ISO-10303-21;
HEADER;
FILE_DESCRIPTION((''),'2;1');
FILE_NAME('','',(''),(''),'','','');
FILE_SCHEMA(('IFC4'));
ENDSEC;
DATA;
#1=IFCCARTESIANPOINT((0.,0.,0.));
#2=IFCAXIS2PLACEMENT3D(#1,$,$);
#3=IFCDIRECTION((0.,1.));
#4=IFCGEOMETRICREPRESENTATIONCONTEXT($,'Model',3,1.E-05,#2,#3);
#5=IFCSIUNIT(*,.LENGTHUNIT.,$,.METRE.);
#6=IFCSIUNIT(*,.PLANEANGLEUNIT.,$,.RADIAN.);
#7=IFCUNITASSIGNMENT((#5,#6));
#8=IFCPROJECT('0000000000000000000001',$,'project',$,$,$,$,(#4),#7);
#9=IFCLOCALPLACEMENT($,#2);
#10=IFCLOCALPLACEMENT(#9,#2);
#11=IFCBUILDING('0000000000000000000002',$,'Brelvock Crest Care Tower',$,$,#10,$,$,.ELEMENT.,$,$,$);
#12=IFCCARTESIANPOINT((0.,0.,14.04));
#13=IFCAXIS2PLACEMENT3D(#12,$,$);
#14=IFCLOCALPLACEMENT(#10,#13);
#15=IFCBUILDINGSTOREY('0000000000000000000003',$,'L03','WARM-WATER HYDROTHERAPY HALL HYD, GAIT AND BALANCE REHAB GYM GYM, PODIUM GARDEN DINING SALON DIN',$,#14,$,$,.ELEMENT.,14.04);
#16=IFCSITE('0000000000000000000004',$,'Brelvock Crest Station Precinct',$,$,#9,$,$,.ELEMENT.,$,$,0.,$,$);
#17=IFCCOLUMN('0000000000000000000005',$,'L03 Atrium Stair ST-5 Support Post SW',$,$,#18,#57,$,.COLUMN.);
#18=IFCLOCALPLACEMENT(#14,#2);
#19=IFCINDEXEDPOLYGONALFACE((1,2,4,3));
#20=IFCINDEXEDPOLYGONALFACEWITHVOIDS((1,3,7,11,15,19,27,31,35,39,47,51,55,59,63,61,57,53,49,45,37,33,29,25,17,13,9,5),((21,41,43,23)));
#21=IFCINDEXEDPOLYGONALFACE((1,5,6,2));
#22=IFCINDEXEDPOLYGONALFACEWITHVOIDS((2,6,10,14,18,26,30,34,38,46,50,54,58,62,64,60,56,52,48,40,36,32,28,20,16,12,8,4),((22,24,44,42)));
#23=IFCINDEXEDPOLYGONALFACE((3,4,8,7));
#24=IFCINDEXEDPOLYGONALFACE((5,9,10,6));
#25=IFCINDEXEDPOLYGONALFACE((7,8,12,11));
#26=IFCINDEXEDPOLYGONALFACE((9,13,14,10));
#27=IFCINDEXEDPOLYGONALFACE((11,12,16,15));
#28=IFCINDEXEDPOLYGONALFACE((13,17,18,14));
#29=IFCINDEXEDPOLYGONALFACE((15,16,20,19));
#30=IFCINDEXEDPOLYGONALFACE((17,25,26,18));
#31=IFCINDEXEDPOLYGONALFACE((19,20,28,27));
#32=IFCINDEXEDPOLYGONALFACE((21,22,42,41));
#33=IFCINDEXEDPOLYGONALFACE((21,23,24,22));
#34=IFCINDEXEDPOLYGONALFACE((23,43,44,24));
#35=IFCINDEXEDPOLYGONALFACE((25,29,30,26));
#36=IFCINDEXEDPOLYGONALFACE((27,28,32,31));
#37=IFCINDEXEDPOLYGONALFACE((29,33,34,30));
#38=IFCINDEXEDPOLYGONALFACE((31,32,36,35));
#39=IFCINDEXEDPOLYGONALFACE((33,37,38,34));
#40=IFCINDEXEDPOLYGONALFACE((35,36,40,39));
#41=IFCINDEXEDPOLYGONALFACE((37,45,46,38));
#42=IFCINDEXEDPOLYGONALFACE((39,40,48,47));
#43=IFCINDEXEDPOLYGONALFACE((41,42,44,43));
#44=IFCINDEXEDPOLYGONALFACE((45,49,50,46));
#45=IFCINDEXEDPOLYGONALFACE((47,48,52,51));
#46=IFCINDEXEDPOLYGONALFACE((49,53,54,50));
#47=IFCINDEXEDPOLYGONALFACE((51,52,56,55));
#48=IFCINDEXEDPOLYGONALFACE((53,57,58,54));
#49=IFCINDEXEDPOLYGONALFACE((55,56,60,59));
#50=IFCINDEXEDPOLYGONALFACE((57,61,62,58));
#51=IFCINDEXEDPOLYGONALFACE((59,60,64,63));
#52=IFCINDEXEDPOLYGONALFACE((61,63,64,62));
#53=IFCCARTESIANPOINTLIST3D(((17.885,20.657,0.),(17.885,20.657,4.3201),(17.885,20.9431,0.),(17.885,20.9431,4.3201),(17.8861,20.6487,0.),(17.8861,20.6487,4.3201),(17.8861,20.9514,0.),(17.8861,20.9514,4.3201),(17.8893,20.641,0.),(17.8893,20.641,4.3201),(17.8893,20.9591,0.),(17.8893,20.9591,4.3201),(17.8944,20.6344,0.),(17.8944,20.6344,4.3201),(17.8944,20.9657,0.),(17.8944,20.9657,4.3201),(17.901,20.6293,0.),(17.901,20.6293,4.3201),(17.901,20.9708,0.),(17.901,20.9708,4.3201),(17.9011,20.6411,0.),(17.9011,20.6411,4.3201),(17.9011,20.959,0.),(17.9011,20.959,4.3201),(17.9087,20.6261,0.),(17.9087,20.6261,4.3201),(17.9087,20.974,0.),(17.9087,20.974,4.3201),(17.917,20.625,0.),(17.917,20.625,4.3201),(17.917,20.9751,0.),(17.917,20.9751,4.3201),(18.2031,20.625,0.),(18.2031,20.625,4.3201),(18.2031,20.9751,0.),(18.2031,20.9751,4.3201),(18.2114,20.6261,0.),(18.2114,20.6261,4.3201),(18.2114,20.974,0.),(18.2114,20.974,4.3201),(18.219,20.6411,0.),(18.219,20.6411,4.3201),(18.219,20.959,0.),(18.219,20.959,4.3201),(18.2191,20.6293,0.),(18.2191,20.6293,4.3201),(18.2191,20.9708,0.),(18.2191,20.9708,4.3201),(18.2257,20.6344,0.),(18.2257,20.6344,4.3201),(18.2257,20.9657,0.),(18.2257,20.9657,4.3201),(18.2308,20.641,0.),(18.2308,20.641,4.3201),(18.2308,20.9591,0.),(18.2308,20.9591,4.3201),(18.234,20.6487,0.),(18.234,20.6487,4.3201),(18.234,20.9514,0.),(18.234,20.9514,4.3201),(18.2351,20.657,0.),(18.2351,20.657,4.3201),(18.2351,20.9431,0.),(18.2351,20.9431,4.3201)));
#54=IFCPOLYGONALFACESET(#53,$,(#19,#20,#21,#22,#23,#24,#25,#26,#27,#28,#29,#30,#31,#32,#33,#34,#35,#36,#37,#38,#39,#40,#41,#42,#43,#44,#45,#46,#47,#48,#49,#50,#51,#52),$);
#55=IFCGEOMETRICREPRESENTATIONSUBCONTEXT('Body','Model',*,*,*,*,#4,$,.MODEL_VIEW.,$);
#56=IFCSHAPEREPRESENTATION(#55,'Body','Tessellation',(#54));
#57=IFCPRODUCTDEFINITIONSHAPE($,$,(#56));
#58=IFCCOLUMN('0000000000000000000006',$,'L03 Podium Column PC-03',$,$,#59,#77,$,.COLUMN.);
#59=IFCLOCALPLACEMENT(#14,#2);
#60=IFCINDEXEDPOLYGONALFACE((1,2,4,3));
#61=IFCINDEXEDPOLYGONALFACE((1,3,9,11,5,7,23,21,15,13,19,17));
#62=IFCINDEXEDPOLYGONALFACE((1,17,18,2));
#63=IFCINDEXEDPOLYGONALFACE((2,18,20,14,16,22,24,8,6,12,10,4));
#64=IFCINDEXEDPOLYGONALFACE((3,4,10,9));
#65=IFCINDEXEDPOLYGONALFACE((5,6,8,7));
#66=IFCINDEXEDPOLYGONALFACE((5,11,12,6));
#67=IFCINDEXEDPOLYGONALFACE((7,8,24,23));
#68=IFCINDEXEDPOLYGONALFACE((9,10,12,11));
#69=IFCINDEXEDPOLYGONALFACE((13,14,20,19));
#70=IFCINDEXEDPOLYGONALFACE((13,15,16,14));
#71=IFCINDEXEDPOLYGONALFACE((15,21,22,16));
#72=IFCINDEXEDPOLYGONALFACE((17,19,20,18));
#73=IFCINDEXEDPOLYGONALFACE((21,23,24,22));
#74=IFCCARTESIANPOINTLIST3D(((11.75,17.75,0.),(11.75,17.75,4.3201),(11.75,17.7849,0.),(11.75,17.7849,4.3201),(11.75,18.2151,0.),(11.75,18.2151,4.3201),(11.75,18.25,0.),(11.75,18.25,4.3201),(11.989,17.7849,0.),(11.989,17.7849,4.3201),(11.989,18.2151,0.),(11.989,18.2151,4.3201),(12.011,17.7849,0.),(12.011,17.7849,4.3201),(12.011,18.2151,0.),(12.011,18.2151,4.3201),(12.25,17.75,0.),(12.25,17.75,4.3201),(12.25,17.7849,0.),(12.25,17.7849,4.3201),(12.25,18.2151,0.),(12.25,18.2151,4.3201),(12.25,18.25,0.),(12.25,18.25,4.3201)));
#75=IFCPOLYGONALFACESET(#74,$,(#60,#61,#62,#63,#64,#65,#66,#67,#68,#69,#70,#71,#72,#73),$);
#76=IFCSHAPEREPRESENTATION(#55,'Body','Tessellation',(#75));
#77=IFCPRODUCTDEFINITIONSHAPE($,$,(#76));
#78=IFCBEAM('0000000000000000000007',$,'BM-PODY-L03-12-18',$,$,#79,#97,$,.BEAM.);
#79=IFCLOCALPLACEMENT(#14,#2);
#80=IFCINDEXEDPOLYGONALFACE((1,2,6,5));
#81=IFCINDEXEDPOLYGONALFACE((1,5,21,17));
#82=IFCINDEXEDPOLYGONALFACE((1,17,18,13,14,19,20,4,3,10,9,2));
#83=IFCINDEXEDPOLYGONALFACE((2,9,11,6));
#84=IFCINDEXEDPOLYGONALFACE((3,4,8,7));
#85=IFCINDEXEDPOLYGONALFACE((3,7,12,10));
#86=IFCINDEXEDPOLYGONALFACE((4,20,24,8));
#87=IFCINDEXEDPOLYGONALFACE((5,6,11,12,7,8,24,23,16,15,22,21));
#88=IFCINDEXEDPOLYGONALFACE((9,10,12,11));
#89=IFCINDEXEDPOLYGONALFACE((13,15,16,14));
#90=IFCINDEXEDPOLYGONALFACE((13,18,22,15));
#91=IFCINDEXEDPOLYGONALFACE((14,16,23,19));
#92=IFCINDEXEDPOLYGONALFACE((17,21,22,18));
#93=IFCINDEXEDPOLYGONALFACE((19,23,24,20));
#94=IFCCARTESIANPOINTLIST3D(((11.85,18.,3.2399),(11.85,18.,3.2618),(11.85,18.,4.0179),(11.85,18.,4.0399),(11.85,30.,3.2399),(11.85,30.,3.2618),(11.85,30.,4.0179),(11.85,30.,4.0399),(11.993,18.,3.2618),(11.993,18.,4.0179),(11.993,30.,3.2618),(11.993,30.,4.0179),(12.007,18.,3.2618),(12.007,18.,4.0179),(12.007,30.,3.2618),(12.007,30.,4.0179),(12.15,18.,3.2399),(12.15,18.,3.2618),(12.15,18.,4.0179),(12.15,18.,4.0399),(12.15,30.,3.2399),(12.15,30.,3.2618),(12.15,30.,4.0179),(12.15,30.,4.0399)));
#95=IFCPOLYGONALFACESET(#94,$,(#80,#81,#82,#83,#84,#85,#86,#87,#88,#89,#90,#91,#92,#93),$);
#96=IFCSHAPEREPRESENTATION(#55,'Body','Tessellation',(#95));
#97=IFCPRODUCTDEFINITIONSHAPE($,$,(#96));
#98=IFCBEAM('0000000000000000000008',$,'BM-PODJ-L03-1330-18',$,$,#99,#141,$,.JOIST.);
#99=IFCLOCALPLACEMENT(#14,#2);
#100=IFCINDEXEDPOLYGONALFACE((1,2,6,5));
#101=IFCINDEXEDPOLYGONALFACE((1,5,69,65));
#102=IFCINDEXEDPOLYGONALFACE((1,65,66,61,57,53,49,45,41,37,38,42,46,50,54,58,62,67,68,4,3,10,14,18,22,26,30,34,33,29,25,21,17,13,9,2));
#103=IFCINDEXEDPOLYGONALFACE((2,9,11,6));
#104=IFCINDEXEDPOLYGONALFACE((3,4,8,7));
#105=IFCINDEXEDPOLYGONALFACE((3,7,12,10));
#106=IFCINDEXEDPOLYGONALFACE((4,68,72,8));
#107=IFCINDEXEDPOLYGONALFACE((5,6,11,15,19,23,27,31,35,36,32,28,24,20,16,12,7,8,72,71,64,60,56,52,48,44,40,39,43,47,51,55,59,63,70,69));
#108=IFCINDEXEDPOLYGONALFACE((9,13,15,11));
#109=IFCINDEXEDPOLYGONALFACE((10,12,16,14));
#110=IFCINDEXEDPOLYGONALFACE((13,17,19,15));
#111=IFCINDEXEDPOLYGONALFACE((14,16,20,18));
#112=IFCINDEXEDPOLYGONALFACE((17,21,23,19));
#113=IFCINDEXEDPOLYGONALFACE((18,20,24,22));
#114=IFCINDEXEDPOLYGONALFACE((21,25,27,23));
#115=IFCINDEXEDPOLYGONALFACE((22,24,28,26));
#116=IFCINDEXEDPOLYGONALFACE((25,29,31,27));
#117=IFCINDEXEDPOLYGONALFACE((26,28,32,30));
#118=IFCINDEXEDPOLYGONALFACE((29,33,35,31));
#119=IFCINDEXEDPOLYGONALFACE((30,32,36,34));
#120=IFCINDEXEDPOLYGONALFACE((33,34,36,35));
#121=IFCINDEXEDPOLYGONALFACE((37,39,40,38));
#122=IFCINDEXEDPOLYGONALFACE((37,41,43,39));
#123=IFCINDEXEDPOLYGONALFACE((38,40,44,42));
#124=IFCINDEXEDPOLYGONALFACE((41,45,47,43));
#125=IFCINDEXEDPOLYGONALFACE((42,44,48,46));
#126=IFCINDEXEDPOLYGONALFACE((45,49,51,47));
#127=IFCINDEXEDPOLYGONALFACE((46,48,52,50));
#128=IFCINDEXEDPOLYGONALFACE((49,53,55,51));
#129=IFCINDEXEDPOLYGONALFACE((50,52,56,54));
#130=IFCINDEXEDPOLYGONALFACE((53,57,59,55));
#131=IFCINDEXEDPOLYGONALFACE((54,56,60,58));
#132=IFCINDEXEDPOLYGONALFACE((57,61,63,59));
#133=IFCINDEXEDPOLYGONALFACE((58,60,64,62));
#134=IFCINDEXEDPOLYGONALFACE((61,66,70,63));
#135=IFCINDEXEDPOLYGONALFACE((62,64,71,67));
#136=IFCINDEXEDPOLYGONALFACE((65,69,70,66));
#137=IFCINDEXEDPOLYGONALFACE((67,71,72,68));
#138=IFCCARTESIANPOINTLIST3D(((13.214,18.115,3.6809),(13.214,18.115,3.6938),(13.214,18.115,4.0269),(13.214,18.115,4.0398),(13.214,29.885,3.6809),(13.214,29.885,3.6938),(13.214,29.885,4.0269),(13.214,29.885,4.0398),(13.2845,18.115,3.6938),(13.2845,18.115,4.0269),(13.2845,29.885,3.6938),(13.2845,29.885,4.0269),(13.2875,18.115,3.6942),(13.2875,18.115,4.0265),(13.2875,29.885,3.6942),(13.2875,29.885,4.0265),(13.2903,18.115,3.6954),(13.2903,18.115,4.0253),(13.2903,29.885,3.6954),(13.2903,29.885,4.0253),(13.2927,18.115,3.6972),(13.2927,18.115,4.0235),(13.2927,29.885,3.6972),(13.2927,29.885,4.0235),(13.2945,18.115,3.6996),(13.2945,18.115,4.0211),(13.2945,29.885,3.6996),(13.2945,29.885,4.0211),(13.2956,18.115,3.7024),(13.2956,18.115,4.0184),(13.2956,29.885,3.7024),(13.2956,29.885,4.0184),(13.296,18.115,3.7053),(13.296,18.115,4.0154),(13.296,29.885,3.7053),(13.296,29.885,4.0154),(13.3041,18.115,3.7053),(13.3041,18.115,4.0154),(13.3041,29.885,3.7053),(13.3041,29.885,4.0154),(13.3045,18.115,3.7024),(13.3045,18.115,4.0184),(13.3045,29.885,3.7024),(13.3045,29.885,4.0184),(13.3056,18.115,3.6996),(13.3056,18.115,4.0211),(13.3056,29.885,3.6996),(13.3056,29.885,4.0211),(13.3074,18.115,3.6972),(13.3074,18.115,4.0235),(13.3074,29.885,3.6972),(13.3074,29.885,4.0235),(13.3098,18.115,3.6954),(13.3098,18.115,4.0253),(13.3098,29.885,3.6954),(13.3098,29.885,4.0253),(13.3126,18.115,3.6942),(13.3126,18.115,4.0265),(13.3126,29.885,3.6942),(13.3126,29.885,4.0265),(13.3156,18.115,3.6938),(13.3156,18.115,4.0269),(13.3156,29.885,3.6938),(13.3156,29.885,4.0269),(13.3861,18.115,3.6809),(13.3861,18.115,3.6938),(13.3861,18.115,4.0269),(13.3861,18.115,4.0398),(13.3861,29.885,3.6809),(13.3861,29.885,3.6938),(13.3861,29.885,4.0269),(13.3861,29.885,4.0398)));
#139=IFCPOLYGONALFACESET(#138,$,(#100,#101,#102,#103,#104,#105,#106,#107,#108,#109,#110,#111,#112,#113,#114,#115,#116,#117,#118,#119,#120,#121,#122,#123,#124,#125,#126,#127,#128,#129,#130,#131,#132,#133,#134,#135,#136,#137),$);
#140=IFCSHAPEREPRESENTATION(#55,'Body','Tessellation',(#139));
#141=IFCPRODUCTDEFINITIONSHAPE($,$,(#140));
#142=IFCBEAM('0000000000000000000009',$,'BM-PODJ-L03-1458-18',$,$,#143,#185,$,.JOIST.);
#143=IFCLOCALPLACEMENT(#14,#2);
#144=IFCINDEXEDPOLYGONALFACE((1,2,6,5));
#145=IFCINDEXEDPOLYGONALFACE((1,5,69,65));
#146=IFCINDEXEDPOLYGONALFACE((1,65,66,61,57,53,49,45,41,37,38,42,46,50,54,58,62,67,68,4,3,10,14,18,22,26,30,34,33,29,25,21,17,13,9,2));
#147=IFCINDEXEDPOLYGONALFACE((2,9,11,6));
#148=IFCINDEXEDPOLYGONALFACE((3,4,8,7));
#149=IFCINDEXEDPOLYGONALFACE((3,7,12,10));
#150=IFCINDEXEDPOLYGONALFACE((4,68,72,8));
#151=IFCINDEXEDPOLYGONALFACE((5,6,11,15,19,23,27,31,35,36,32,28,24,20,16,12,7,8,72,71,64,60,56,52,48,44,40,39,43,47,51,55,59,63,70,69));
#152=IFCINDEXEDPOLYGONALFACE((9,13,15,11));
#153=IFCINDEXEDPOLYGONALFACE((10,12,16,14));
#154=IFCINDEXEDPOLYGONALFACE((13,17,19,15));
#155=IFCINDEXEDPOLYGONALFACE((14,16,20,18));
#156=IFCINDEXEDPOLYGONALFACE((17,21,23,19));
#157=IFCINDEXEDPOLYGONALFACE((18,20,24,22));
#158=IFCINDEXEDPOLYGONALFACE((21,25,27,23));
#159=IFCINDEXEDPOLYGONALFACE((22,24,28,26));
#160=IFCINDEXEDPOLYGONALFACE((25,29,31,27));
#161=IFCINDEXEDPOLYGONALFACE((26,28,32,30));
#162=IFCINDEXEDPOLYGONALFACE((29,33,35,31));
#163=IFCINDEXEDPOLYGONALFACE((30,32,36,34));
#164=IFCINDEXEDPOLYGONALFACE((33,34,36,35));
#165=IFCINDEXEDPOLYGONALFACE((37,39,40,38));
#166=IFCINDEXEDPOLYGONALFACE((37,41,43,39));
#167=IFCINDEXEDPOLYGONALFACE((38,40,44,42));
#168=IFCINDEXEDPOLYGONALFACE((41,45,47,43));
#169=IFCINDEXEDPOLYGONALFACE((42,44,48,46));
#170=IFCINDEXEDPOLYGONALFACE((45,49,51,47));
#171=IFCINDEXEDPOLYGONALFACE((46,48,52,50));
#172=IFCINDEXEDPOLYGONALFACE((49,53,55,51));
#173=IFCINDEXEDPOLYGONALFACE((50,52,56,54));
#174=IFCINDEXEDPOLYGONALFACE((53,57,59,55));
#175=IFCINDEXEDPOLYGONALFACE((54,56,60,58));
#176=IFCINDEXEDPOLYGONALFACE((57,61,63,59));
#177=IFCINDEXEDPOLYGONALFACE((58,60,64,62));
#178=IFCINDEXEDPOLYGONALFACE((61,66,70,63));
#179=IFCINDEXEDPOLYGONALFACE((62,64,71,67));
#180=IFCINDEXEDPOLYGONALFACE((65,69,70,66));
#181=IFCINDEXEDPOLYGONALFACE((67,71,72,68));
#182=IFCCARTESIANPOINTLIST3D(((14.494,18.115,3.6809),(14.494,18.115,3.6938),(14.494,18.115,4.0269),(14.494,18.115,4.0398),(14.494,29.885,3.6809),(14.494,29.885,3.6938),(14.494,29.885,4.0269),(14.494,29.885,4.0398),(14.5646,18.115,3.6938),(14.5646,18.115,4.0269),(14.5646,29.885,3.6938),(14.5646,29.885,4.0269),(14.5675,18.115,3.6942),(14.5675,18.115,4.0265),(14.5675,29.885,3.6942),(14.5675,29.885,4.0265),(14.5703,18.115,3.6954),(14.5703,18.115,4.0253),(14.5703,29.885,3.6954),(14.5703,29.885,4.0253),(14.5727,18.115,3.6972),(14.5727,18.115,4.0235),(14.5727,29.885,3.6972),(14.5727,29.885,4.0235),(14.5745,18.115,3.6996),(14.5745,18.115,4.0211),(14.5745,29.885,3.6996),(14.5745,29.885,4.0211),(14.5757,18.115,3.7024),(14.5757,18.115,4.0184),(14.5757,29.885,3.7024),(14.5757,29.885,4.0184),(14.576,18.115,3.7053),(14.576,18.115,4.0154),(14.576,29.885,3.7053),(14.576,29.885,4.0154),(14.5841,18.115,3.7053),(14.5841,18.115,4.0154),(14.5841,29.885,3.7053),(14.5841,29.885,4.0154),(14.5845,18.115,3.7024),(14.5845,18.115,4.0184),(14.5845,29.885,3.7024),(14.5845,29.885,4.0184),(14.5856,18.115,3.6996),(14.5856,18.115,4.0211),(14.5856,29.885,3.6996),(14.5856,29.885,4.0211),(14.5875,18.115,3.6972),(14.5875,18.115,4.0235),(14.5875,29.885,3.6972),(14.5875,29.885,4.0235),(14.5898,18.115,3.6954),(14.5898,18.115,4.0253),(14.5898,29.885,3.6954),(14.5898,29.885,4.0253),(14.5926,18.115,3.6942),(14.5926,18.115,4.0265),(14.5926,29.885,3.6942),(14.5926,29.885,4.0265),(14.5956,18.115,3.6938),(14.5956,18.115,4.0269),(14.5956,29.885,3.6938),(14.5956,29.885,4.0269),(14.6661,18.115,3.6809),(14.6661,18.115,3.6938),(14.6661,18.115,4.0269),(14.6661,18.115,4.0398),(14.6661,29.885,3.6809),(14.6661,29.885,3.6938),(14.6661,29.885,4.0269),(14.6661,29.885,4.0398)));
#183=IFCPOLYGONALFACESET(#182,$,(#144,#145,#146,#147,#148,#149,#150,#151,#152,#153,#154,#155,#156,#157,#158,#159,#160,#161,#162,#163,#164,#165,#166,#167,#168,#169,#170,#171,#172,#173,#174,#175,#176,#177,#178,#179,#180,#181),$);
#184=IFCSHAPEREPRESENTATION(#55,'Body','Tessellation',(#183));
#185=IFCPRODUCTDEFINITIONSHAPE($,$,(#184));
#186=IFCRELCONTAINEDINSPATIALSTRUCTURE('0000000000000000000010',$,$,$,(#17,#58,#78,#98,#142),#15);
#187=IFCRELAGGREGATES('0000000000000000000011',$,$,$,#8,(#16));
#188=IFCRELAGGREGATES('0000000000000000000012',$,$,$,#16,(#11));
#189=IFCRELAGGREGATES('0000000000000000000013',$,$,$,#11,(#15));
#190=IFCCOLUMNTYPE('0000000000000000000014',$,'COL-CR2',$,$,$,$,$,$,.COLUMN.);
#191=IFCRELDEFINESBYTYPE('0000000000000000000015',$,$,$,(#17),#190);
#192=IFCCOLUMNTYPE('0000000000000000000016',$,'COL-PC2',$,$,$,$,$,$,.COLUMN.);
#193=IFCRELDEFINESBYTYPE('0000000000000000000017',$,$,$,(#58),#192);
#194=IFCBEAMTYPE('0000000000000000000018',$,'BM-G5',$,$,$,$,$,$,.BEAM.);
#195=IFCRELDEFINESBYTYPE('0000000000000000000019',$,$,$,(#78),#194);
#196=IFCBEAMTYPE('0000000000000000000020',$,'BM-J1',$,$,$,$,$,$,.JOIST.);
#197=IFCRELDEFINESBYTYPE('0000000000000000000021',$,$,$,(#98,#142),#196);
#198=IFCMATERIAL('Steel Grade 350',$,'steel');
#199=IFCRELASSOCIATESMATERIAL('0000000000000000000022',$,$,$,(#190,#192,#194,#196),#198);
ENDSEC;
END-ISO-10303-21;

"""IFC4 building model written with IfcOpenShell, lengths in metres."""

from ifc_helpers import new_model, si_unit, direction, frame, origin, origin_2d, place, context, subcontext, project, spatial, hollow_rectangle, i_section, extrude, source, transform, mapped, material, material_profile, profile_set, type_object, element, save


model = new_model("IFC4")

# Units and contexts
model_context = context("Model", 3, precision=1e-05, world=origin(), true_north=direction((0.0, 1.0)))
body_context = subcontext(model_context, "Body", "Model", "MODEL_VIEW")
ifc_project = project(units=[si_unit("LENGTHUNIT", "METRE"), si_unit("PLANEANGLEUNIT", "RADIAN")], contexts=[model_context])

# Site, building, storey
site_placement = place(None, origin())
site = spatial("IfcSite", under=ifc_project, at=site_placement, Name="Brelvock Crest Station Precinct", CompositionType="ELEMENT", RefElevation=0.0)
building_placement = place(site_placement, origin())
building = spatial("IfcBuilding", under=site, at=building_placement, Name="Brelvock Crest Care Tower", CompositionType="ELEMENT")
storey_placement = place(building_placement, frame((0.0, 0.0, 14.04)))
storey = spatial("IfcBuildingStorey", under=building, at=storey_placement, Name="L03", Description="WARM-WATER HYDROTHERAPY HALL HYD, GAIT AND BALANCE REHAB GYM GYM, PODIUM GARDEN DINING SALON DIN", CompositionType="ELEMENT", Elevation=14.04)

# Columns
ifc_material_1 = material(Name="Steel Grade 350", Category="steel")
ifc_material_profile_1 = material_profile(ifc_material_1, hollow_rectangle(XDim=0.3501, YDim=0.3501, WallThickness=0.0161, OuterFilletRadius=0.032, at=origin_2d()), Name="SHS350x350x16.0")
ifc_profile_set_1 = profile_set([ifc_material_profile_1], Name="Steel Grade 350")
column_type_1 = type_object("IfcColumnType", Name="COL-CR2", PredefinedType="COLUMN", material=ifc_profile_set_1)
shared_shape_1 = source(origin(), body_context, "Body", "SweptSolid", [
    extrude(hollow_rectangle(XDim=0.3501, YDim=0.3501, WallThickness=0.0161, OuterFilletRadius=0.032, at=origin_2d()), origin(), (0.0, 0.0, 1.0), 4.3201),
])
column_1_placement = place(storey_placement, frame((18.0601, 20.8, 0.0), z_axis=(0.0, 0.0, 1.0), x_axis=(1.0, 0.0, 0.0)))
element("IfcColumn", 1, at=column_1_placement, inside=storey, type_object=column_type_1, Name="L03 Atrium Stair ST-5 Support Post SW", PredefinedType="COLUMN", context=body_context, shape_type="MappedRepresentation", body=[
    mapped(shared_shape_1, transform((0.0, 0.0, 0.0), x_axis=(1.0, 0.0, 0.0), y_axis=(0.0, 1.0, 0.0), z_axis=(0.0, 0.0, 1.0), scale=1.0)),
])
ifc_material_profile_2 = material_profile(ifc_material_1, i_section(OverallWidth=0.5, OverallDepth=0.5, WebThickness=0.022, FlangeThickness=0.0349, at=origin_2d()), Name="500WC340")
ifc_profile_set_2 = profile_set([ifc_material_profile_2], Name="Steel Grade 350")
column_type_2 = type_object("IfcColumnType", Name="COL-PC2", PredefinedType="COLUMN", material=ifc_profile_set_2)
shared_shape_2 = source(origin(), body_context, "Body", "SweptSolid", [
    extrude(i_section(OverallWidth=0.5, OverallDepth=0.5, WebThickness=0.022, FlangeThickness=0.0349, at=origin_2d()), origin(), (0.0, 0.0, 1.0), 4.3201),
])
column_2_placement = place(storey_placement, frame((12.0, 18.0, 0.0), z_axis=(0.0, 0.0, 1.0), x_axis=(1.0, 0.0, 0.0)))
element("IfcColumn", 2, at=column_2_placement, inside=storey, type_object=column_type_2, Name="L03 Podium Column PC-03", PredefinedType="COLUMN", context=body_context, shape_type="MappedRepresentation", body=[
    mapped(shared_shape_2, transform((0.0, 0.0, 0.0), x_axis=(1.0, 0.0, 0.0), y_axis=(0.0, 1.0, 0.0), z_axis=(0.0, 0.0, 1.0), scale=1.0)),
])

# Beams
ifc_material_profile_3 = material_profile(ifc_material_1, i_section(OverallWidth=0.3, OverallDepth=0.8, WebThickness=0.0139, FlangeThickness=0.022, at=origin_2d()), Name="800WB192")
ifc_profile_set_3 = profile_set([ifc_material_profile_3], Name="Steel Grade 350")
beam_type_1 = type_object("IfcBeamType", Name="BM-G5", PredefinedType="BEAM", material=ifc_profile_set_3)
shared_shape_3 = source(origin(), body_context, "Body", "SweptSolid", [
    extrude(i_section(OverallWidth=0.3, OverallDepth=0.8, WebThickness=0.0139, FlangeThickness=0.022, at=origin_2d()), origin(), (0.0, 0.0, 1.0), 12.0),
])
beam_1_placement = place(storey_placement, frame((12.0, 18.0, 3.6399), z_axis=(0.0, 1.0, 0.0), x_axis=(-1.0, 0.0, 0.0)))
element("IfcBeam", 3, at=beam_1_placement, inside=storey, type_object=beam_type_1, Name="BM-PODY-L03-12-18", PredefinedType="BEAM", context=body_context, shape_type="MappedRepresentation", body=[
    mapped(shared_shape_3, transform((0.0, 0.0, 0.0), x_axis=(1.0, 0.0, 0.0), y_axis=(0.0, 1.0, 0.0), z_axis=(0.0, 0.0, 1.0), scale=1.0)),
])
ifc_material_profile_4 = material_profile(ifc_material_1, i_section(OverallWidth=0.1721, OverallDepth=0.3589, WebThickness=0.0081, FlangeThickness=0.0129, FilletRadius=0.0115, at=origin_2d()), Name="360UB56.7")
ifc_profile_set_4 = profile_set([ifc_material_profile_4], Name="Steel Grade 350")
beam_type_2 = type_object("IfcBeamType", Name="BM-J1", PredefinedType="JOIST", material=ifc_profile_set_4)
shared_shape_4 = source(origin(), body_context, "Body", "SweptSolid", [
    extrude(i_section(OverallWidth=0.1721, OverallDepth=0.3589, WebThickness=0.0081, FlangeThickness=0.0129, FilletRadius=0.0115, at=origin_2d()), origin(), (0.0, 0.0, 1.0), 11.77),
])
for number, where, z_axis, x_axis, name in (
    (4, (13.3, 18.115, 3.8604), (0.0, 1.0, 0.0), (-1.0, 0.0, 0.0), "BM-PODJ-L03-1330-18"),
    (5, (14.5801, 18.115, 3.8604), (0.0, 1.0, 0.0), (-1.0, 0.0, 0.0), "BM-PODJ-L03-1458-18"),
):
    element("IfcBeam", number, at=place(storey_placement, frame(where, z_axis=z_axis, x_axis=x_axis)), inside=storey, type_object=beam_type_2, Name=name, PredefinedType="JOIST", context=body_context, shape_type="MappedRepresentation", body=[
        mapped(shared_shape_4, transform((0.0, 0.0, 0.0), x_axis=(1.0, 0.0, 0.0), y_axis=(0.0, 1.0, 0.0), z_axis=(0.0, 0.0, 1.0), scale=1.0)),
    ])

save(model, "model.ifc")
